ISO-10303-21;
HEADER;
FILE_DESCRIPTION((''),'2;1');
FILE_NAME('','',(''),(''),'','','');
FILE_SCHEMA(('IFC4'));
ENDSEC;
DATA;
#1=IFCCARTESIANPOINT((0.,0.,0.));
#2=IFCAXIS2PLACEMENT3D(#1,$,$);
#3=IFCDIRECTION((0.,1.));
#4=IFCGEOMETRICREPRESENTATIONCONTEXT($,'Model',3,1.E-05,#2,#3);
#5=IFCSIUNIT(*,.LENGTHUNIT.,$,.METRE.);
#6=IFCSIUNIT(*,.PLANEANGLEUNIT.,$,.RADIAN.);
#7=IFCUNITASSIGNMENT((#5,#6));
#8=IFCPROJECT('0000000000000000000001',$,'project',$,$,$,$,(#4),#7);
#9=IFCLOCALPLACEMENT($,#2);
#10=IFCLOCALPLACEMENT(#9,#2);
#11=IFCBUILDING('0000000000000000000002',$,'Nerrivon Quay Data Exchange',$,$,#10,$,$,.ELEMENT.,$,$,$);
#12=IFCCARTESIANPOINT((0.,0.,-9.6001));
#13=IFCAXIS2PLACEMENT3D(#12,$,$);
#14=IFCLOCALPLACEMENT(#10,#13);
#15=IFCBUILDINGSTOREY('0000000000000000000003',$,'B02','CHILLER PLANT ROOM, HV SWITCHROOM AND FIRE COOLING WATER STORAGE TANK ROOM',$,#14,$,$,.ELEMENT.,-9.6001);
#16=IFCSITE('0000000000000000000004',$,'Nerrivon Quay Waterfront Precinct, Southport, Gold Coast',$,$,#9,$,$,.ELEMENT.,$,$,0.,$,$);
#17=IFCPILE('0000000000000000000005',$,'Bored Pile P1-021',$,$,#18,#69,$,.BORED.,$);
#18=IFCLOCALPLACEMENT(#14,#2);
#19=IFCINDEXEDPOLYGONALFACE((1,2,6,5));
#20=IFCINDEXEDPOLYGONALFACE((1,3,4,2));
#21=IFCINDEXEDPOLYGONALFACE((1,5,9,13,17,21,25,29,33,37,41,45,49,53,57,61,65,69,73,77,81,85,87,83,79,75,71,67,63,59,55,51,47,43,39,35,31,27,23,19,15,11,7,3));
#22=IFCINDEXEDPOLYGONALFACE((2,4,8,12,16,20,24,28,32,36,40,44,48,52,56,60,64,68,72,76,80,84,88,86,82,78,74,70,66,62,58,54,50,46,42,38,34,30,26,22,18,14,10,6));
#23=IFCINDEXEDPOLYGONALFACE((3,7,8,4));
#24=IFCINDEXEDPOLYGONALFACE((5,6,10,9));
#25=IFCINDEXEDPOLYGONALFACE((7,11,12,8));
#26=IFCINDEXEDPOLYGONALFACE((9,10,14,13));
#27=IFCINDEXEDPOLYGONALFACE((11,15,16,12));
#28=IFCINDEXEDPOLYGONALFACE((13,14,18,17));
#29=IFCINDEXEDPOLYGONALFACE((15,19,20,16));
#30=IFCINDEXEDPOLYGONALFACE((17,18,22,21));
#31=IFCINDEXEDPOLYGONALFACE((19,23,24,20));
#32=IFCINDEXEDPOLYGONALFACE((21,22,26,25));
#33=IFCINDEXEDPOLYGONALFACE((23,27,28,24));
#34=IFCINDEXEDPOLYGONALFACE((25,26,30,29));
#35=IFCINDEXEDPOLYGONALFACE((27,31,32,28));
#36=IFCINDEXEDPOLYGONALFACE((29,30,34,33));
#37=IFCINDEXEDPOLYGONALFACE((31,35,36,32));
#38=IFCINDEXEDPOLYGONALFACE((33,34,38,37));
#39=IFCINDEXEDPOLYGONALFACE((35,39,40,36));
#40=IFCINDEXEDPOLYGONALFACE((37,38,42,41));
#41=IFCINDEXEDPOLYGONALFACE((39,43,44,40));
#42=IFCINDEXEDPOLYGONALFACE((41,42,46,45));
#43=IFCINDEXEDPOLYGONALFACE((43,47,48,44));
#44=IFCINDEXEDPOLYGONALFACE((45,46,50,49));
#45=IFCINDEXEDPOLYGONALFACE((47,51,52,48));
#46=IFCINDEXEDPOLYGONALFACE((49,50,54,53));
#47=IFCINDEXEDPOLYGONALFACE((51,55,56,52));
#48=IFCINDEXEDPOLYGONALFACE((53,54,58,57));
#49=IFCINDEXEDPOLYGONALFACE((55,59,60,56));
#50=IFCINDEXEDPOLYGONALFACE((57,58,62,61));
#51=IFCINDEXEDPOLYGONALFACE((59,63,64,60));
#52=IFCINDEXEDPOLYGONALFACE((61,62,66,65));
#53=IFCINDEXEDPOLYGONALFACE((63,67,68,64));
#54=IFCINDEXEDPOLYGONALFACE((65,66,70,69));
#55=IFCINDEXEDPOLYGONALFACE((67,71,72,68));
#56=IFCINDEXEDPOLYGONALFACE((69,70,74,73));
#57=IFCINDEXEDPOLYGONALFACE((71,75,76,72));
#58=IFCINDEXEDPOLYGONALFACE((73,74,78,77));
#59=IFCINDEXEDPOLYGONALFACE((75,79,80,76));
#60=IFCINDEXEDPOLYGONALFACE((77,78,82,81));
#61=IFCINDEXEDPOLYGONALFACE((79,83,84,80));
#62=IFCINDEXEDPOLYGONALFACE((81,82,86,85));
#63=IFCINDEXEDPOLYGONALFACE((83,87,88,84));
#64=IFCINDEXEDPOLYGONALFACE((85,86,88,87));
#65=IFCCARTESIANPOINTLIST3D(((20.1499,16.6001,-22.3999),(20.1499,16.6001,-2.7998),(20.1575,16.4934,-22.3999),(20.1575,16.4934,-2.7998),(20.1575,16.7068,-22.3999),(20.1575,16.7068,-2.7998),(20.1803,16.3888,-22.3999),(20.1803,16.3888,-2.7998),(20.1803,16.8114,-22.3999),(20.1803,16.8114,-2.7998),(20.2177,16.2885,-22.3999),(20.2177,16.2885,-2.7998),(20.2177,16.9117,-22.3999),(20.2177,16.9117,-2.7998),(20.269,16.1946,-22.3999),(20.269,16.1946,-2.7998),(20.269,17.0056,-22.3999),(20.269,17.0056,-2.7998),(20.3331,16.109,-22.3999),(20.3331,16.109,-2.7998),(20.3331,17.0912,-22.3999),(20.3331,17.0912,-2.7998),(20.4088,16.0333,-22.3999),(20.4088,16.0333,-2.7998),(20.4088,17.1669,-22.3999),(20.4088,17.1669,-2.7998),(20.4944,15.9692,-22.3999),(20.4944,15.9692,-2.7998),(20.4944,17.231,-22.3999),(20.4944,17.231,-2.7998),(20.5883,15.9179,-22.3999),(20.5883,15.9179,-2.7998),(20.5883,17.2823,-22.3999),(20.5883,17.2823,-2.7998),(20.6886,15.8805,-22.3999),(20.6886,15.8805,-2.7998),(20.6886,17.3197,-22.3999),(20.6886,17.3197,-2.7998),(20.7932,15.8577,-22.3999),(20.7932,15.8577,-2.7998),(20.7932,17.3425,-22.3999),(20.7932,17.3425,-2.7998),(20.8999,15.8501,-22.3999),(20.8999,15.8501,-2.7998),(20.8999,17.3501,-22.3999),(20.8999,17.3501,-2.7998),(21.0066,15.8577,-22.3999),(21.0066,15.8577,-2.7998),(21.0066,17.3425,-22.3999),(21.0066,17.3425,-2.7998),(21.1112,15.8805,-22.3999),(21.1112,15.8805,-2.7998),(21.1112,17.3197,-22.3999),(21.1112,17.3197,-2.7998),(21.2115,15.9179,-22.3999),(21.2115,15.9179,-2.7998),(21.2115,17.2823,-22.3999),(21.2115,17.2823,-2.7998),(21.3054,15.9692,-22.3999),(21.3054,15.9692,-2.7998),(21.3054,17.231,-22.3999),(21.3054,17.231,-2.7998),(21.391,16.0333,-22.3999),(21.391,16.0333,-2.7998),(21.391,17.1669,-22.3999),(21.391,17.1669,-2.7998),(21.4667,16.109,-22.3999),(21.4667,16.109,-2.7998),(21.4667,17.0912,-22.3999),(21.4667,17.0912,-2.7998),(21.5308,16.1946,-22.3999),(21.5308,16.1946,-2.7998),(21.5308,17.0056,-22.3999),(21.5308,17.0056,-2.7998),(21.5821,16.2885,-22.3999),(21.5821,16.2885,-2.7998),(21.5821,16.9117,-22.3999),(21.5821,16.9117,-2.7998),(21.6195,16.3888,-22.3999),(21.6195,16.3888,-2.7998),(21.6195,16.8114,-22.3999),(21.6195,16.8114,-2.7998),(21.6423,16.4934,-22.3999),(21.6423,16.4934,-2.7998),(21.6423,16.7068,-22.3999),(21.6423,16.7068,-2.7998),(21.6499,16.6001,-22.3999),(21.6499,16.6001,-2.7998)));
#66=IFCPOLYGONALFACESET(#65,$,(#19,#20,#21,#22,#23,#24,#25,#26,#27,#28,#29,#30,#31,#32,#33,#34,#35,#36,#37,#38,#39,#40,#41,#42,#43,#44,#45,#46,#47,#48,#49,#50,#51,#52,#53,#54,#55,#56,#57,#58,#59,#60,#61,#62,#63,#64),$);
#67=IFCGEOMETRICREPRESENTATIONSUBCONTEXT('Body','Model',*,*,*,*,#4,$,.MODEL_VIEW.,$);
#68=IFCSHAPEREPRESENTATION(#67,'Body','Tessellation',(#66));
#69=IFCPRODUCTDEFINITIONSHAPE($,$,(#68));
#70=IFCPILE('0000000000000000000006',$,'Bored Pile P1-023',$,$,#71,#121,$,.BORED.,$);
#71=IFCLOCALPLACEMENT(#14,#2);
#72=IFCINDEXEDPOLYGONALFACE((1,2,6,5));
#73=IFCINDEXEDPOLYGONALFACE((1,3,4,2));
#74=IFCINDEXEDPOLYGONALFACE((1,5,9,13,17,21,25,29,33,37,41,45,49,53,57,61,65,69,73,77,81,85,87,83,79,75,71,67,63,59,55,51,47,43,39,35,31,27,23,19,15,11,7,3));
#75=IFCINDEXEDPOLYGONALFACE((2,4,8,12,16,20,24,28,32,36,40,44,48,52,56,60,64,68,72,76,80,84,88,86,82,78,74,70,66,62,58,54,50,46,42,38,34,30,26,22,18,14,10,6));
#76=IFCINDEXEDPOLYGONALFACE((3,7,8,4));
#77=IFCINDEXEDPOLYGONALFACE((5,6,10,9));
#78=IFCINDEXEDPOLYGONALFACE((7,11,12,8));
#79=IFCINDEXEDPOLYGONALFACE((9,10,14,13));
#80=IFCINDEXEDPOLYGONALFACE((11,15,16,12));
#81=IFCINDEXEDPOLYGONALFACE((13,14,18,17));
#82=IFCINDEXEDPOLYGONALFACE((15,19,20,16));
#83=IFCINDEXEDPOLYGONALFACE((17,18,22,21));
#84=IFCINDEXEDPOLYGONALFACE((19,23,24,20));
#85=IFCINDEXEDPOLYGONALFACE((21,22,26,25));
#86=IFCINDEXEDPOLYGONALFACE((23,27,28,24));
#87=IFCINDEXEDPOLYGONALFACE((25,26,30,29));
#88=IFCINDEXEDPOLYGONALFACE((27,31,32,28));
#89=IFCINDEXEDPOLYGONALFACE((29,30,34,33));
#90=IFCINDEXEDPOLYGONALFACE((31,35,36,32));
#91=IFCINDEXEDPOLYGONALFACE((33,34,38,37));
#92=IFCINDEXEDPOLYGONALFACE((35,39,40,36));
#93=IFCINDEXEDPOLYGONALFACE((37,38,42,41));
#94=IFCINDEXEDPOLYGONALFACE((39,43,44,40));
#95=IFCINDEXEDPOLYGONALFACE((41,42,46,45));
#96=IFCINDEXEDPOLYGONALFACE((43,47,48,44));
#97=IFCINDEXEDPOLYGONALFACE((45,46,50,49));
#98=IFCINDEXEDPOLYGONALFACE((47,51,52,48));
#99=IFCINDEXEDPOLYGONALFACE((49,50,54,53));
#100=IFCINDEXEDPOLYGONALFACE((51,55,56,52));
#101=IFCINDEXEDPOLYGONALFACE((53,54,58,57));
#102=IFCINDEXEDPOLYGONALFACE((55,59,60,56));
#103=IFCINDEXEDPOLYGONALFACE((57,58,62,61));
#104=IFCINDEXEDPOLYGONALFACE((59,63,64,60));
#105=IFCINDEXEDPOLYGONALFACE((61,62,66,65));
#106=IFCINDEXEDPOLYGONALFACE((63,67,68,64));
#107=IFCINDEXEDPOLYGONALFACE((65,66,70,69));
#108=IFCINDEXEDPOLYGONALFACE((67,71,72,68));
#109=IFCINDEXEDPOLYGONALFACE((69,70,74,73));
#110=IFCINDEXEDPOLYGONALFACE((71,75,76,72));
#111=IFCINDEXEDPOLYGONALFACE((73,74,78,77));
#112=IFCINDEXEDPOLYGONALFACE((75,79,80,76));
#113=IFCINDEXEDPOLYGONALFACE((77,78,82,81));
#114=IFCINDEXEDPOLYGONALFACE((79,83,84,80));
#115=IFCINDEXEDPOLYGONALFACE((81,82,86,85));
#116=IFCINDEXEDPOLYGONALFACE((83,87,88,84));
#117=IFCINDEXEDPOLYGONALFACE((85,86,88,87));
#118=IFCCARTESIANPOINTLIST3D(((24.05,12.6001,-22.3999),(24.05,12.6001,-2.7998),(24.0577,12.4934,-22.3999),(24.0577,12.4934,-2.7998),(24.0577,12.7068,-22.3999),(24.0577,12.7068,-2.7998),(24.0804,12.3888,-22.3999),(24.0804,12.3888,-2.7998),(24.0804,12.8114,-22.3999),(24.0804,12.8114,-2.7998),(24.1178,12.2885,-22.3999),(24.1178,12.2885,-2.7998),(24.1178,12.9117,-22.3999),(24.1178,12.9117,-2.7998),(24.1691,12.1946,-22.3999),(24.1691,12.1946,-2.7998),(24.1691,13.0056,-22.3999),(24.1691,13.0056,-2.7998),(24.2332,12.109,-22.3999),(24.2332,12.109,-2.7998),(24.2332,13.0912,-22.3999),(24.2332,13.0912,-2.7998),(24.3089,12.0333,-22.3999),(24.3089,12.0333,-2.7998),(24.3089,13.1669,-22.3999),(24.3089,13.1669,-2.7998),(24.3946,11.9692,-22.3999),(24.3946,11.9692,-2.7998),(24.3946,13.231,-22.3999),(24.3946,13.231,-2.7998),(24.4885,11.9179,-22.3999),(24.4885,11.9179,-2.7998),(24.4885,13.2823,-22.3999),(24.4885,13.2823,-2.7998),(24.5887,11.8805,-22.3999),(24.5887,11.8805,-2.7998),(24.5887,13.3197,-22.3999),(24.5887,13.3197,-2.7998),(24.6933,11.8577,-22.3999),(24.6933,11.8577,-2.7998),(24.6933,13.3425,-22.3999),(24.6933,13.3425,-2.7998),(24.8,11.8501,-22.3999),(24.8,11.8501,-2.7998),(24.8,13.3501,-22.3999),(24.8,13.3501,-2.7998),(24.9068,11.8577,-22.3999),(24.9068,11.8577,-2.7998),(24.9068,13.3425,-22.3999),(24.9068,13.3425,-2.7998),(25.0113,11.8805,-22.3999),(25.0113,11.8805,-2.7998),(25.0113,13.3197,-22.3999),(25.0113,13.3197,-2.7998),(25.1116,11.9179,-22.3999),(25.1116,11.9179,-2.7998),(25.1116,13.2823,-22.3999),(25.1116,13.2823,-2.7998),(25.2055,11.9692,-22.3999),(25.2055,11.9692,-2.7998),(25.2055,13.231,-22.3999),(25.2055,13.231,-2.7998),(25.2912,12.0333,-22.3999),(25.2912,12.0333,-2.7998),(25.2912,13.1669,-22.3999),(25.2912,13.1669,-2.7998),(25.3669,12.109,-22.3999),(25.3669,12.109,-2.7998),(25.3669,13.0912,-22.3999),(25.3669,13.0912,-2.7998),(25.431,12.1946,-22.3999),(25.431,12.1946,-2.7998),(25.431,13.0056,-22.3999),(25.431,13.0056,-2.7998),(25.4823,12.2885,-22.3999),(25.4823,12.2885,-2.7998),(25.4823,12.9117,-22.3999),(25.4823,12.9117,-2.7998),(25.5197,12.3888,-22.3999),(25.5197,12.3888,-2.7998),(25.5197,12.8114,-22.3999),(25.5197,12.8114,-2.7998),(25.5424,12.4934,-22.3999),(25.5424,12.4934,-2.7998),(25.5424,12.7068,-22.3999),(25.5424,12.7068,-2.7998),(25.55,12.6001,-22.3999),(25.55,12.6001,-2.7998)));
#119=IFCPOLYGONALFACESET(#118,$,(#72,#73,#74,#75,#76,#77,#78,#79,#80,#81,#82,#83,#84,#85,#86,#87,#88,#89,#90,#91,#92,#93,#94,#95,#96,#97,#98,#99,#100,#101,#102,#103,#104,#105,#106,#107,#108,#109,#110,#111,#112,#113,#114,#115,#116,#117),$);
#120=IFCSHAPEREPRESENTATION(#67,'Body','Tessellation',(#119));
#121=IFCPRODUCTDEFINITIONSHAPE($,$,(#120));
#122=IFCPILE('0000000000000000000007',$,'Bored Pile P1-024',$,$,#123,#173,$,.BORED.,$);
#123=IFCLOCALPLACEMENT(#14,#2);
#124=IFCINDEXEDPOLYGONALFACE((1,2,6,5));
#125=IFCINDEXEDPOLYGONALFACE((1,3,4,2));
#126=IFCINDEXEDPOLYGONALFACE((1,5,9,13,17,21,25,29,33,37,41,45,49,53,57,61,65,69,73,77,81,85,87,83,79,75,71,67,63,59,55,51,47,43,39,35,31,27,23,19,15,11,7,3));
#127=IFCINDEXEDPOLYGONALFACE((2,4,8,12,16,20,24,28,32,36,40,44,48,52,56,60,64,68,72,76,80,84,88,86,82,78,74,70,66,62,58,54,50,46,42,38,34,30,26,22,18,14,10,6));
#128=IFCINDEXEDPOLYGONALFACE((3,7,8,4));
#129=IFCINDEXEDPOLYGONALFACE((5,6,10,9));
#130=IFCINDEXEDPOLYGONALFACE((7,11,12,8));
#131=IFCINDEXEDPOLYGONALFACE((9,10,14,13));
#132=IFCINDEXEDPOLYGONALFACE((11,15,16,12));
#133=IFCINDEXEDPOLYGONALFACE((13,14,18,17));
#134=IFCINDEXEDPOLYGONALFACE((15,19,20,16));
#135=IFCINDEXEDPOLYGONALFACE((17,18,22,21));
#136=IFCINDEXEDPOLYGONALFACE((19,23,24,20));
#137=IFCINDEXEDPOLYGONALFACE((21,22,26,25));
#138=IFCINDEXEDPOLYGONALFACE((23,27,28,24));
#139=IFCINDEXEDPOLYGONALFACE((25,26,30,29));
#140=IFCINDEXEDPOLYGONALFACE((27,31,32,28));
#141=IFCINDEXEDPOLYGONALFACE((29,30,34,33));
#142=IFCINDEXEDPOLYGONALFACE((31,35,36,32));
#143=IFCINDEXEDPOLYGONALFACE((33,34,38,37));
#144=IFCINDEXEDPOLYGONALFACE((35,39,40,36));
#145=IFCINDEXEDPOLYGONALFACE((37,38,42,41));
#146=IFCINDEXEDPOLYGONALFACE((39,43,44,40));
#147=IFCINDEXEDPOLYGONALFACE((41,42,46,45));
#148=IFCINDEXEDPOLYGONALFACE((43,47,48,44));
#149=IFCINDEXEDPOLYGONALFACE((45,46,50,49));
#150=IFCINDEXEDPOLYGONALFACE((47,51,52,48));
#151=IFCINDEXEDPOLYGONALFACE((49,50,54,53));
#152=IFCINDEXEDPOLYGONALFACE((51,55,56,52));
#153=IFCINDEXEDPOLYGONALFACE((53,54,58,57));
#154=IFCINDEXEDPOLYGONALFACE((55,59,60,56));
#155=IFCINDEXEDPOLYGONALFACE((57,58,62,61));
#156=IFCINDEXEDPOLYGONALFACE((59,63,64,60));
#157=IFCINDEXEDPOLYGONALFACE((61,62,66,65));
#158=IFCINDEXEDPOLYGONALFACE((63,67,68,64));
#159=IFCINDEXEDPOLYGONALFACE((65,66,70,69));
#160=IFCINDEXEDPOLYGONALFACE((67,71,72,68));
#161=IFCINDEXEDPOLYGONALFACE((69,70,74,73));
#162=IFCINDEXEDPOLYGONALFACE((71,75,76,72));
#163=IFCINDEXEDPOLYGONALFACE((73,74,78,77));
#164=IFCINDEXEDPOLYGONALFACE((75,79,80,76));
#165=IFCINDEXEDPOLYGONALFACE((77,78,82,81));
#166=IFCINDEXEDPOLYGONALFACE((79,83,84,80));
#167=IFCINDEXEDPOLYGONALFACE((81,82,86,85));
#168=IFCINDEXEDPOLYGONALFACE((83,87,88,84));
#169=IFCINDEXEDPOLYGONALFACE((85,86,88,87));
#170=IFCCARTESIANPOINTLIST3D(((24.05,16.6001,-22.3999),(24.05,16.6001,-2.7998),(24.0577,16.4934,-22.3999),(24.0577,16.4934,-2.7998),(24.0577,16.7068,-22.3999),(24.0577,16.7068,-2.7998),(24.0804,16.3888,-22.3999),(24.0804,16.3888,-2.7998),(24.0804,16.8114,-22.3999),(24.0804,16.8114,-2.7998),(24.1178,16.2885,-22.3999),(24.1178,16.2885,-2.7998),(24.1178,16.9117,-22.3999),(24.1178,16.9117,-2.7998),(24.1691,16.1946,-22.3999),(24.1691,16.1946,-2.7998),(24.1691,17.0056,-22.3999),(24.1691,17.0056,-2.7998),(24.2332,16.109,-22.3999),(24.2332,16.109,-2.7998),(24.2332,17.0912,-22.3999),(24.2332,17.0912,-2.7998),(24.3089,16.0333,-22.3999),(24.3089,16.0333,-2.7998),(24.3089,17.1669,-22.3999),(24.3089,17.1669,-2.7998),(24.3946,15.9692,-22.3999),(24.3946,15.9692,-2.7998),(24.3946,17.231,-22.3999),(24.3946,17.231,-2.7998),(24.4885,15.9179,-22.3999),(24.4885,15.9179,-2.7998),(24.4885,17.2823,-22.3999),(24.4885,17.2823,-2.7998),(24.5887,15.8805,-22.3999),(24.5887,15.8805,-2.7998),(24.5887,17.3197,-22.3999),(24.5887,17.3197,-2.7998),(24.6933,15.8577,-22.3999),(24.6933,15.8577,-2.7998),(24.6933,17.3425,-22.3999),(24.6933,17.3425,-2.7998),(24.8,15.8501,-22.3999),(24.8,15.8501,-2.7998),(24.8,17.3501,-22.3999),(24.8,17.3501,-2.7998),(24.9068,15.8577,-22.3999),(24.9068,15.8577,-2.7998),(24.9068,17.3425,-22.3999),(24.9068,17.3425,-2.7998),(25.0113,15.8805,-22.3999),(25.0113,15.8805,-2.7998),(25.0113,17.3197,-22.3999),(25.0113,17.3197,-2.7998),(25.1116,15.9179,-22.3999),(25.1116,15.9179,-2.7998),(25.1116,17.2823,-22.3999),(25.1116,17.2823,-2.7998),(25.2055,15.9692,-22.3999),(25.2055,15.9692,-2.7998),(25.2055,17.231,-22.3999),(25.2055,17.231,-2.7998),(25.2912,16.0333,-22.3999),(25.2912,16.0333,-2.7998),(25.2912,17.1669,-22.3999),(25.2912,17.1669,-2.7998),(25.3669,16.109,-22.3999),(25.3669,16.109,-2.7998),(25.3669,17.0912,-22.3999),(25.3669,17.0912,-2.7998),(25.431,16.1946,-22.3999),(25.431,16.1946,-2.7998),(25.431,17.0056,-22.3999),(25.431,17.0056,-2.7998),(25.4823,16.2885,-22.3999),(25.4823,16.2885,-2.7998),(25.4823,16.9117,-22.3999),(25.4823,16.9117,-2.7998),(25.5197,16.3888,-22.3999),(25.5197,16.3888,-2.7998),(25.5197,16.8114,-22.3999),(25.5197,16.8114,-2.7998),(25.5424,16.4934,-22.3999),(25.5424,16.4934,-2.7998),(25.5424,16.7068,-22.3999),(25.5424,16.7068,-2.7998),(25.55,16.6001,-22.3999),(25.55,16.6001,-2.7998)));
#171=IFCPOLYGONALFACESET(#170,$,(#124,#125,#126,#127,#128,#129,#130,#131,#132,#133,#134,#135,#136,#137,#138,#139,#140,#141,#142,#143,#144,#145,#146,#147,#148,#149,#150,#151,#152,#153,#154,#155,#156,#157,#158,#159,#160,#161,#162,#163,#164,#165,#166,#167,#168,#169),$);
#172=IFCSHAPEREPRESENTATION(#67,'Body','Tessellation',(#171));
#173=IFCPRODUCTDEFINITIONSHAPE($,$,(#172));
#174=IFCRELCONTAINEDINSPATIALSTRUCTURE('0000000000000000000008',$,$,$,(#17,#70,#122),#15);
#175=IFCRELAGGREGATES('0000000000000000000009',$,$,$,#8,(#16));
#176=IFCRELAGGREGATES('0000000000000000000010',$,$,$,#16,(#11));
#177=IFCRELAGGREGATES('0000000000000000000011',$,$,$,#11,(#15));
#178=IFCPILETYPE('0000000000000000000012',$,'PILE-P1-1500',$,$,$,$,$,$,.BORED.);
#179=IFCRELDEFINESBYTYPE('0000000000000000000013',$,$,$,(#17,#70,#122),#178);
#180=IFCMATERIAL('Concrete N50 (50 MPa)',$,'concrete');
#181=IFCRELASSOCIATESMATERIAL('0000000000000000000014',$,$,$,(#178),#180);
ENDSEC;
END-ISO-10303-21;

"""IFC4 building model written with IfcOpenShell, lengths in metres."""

from ifc_helpers import new_model, si_unit, direction, frame, origin, origin_2d, place, context, subcontext, project, spatial, circle, extrude, material, material_profile, profile_set, type_object, element, save


model = new_model("IFC4")

# Units and contexts
model_context = context("Model", 3, precision=1e-05, world=origin(), true_north=direction((0.0, 1.0)))
body_context = subcontext(model_context, "Body", "Model", "MODEL_VIEW")
ifc_project = project(units=[si_unit("LENGTHUNIT", "METRE"), si_unit("PLANEANGLEUNIT", "RADIAN")], contexts=[model_context])

# Site, building, storey
site_placement = place(None, origin())
site = spatial("IfcSite", under=ifc_project, at=site_placement, Name="Nerrivon Quay Waterfront Precinct, Southport, Gold Coast", CompositionType="ELEMENT", RefElevation=0.0)
building_placement = place(site_placement, origin())
building = spatial("IfcBuilding", under=site, at=building_placement, Name="Nerrivon Quay Data Exchange", CompositionType="ELEMENT")
storey_placement = place(building_placement, frame((0.0, 0.0, -9.6001)))
storey = spatial("IfcBuildingStorey", under=building, at=storey_placement, Name="B02", Description="CHILLER PLANT ROOM, HV SWITCHROOM AND FIRE COOLING WATER STORAGE TANK ROOM", CompositionType="ELEMENT", Elevation=-9.6001)

# Piles
ifc_material_1 = material(Name="Concrete N50 (50 MPa)", Category="concrete")
ifc_material_profile_1 = material_profile(ifc_material_1, circle(Radius=0.75, at=origin_2d()), Name="PILE-1500")
ifc_profile_set_1 = profile_set([ifc_material_profile_1], Name="Concrete N50 (50 MPa)")
pile_type = type_object("IfcPileType", Name="PILE-P1-1500", PredefinedType="BORED", material=ifc_profile_set_1)
for number, where, z_axis, x_axis, name in (
    (1, (20.8999, 16.6001, -2.7998), (0.0, 0.0, -1.0), (1.0, 0.0, 0.0), "Bored Pile P1-021"),
    (2, (24.8, 12.6001, -2.7998), (0.0, 0.0, -1.0), (1.0, 0.0, 0.0), "Bored Pile P1-023"),
    (3, (24.8, 16.6001, -2.7998), (0.0, 0.0, -1.0), (1.0, 0.0, 0.0), "Bored Pile P1-024"),
):
    element("IfcPile", number, at=place(storey_placement, frame(where, z_axis=z_axis, x_axis=x_axis)), inside=storey, type_object=pile_type, Name=name, PredefinedType="BORED", context=body_context, shape_type="SweptSolid", body=[
        extrude(circle(Radius=0.75, at=origin_2d()), origin(), (0.0, 0.0, 1.0), 19.6001),
    ])

save(model, "model.ifc")
